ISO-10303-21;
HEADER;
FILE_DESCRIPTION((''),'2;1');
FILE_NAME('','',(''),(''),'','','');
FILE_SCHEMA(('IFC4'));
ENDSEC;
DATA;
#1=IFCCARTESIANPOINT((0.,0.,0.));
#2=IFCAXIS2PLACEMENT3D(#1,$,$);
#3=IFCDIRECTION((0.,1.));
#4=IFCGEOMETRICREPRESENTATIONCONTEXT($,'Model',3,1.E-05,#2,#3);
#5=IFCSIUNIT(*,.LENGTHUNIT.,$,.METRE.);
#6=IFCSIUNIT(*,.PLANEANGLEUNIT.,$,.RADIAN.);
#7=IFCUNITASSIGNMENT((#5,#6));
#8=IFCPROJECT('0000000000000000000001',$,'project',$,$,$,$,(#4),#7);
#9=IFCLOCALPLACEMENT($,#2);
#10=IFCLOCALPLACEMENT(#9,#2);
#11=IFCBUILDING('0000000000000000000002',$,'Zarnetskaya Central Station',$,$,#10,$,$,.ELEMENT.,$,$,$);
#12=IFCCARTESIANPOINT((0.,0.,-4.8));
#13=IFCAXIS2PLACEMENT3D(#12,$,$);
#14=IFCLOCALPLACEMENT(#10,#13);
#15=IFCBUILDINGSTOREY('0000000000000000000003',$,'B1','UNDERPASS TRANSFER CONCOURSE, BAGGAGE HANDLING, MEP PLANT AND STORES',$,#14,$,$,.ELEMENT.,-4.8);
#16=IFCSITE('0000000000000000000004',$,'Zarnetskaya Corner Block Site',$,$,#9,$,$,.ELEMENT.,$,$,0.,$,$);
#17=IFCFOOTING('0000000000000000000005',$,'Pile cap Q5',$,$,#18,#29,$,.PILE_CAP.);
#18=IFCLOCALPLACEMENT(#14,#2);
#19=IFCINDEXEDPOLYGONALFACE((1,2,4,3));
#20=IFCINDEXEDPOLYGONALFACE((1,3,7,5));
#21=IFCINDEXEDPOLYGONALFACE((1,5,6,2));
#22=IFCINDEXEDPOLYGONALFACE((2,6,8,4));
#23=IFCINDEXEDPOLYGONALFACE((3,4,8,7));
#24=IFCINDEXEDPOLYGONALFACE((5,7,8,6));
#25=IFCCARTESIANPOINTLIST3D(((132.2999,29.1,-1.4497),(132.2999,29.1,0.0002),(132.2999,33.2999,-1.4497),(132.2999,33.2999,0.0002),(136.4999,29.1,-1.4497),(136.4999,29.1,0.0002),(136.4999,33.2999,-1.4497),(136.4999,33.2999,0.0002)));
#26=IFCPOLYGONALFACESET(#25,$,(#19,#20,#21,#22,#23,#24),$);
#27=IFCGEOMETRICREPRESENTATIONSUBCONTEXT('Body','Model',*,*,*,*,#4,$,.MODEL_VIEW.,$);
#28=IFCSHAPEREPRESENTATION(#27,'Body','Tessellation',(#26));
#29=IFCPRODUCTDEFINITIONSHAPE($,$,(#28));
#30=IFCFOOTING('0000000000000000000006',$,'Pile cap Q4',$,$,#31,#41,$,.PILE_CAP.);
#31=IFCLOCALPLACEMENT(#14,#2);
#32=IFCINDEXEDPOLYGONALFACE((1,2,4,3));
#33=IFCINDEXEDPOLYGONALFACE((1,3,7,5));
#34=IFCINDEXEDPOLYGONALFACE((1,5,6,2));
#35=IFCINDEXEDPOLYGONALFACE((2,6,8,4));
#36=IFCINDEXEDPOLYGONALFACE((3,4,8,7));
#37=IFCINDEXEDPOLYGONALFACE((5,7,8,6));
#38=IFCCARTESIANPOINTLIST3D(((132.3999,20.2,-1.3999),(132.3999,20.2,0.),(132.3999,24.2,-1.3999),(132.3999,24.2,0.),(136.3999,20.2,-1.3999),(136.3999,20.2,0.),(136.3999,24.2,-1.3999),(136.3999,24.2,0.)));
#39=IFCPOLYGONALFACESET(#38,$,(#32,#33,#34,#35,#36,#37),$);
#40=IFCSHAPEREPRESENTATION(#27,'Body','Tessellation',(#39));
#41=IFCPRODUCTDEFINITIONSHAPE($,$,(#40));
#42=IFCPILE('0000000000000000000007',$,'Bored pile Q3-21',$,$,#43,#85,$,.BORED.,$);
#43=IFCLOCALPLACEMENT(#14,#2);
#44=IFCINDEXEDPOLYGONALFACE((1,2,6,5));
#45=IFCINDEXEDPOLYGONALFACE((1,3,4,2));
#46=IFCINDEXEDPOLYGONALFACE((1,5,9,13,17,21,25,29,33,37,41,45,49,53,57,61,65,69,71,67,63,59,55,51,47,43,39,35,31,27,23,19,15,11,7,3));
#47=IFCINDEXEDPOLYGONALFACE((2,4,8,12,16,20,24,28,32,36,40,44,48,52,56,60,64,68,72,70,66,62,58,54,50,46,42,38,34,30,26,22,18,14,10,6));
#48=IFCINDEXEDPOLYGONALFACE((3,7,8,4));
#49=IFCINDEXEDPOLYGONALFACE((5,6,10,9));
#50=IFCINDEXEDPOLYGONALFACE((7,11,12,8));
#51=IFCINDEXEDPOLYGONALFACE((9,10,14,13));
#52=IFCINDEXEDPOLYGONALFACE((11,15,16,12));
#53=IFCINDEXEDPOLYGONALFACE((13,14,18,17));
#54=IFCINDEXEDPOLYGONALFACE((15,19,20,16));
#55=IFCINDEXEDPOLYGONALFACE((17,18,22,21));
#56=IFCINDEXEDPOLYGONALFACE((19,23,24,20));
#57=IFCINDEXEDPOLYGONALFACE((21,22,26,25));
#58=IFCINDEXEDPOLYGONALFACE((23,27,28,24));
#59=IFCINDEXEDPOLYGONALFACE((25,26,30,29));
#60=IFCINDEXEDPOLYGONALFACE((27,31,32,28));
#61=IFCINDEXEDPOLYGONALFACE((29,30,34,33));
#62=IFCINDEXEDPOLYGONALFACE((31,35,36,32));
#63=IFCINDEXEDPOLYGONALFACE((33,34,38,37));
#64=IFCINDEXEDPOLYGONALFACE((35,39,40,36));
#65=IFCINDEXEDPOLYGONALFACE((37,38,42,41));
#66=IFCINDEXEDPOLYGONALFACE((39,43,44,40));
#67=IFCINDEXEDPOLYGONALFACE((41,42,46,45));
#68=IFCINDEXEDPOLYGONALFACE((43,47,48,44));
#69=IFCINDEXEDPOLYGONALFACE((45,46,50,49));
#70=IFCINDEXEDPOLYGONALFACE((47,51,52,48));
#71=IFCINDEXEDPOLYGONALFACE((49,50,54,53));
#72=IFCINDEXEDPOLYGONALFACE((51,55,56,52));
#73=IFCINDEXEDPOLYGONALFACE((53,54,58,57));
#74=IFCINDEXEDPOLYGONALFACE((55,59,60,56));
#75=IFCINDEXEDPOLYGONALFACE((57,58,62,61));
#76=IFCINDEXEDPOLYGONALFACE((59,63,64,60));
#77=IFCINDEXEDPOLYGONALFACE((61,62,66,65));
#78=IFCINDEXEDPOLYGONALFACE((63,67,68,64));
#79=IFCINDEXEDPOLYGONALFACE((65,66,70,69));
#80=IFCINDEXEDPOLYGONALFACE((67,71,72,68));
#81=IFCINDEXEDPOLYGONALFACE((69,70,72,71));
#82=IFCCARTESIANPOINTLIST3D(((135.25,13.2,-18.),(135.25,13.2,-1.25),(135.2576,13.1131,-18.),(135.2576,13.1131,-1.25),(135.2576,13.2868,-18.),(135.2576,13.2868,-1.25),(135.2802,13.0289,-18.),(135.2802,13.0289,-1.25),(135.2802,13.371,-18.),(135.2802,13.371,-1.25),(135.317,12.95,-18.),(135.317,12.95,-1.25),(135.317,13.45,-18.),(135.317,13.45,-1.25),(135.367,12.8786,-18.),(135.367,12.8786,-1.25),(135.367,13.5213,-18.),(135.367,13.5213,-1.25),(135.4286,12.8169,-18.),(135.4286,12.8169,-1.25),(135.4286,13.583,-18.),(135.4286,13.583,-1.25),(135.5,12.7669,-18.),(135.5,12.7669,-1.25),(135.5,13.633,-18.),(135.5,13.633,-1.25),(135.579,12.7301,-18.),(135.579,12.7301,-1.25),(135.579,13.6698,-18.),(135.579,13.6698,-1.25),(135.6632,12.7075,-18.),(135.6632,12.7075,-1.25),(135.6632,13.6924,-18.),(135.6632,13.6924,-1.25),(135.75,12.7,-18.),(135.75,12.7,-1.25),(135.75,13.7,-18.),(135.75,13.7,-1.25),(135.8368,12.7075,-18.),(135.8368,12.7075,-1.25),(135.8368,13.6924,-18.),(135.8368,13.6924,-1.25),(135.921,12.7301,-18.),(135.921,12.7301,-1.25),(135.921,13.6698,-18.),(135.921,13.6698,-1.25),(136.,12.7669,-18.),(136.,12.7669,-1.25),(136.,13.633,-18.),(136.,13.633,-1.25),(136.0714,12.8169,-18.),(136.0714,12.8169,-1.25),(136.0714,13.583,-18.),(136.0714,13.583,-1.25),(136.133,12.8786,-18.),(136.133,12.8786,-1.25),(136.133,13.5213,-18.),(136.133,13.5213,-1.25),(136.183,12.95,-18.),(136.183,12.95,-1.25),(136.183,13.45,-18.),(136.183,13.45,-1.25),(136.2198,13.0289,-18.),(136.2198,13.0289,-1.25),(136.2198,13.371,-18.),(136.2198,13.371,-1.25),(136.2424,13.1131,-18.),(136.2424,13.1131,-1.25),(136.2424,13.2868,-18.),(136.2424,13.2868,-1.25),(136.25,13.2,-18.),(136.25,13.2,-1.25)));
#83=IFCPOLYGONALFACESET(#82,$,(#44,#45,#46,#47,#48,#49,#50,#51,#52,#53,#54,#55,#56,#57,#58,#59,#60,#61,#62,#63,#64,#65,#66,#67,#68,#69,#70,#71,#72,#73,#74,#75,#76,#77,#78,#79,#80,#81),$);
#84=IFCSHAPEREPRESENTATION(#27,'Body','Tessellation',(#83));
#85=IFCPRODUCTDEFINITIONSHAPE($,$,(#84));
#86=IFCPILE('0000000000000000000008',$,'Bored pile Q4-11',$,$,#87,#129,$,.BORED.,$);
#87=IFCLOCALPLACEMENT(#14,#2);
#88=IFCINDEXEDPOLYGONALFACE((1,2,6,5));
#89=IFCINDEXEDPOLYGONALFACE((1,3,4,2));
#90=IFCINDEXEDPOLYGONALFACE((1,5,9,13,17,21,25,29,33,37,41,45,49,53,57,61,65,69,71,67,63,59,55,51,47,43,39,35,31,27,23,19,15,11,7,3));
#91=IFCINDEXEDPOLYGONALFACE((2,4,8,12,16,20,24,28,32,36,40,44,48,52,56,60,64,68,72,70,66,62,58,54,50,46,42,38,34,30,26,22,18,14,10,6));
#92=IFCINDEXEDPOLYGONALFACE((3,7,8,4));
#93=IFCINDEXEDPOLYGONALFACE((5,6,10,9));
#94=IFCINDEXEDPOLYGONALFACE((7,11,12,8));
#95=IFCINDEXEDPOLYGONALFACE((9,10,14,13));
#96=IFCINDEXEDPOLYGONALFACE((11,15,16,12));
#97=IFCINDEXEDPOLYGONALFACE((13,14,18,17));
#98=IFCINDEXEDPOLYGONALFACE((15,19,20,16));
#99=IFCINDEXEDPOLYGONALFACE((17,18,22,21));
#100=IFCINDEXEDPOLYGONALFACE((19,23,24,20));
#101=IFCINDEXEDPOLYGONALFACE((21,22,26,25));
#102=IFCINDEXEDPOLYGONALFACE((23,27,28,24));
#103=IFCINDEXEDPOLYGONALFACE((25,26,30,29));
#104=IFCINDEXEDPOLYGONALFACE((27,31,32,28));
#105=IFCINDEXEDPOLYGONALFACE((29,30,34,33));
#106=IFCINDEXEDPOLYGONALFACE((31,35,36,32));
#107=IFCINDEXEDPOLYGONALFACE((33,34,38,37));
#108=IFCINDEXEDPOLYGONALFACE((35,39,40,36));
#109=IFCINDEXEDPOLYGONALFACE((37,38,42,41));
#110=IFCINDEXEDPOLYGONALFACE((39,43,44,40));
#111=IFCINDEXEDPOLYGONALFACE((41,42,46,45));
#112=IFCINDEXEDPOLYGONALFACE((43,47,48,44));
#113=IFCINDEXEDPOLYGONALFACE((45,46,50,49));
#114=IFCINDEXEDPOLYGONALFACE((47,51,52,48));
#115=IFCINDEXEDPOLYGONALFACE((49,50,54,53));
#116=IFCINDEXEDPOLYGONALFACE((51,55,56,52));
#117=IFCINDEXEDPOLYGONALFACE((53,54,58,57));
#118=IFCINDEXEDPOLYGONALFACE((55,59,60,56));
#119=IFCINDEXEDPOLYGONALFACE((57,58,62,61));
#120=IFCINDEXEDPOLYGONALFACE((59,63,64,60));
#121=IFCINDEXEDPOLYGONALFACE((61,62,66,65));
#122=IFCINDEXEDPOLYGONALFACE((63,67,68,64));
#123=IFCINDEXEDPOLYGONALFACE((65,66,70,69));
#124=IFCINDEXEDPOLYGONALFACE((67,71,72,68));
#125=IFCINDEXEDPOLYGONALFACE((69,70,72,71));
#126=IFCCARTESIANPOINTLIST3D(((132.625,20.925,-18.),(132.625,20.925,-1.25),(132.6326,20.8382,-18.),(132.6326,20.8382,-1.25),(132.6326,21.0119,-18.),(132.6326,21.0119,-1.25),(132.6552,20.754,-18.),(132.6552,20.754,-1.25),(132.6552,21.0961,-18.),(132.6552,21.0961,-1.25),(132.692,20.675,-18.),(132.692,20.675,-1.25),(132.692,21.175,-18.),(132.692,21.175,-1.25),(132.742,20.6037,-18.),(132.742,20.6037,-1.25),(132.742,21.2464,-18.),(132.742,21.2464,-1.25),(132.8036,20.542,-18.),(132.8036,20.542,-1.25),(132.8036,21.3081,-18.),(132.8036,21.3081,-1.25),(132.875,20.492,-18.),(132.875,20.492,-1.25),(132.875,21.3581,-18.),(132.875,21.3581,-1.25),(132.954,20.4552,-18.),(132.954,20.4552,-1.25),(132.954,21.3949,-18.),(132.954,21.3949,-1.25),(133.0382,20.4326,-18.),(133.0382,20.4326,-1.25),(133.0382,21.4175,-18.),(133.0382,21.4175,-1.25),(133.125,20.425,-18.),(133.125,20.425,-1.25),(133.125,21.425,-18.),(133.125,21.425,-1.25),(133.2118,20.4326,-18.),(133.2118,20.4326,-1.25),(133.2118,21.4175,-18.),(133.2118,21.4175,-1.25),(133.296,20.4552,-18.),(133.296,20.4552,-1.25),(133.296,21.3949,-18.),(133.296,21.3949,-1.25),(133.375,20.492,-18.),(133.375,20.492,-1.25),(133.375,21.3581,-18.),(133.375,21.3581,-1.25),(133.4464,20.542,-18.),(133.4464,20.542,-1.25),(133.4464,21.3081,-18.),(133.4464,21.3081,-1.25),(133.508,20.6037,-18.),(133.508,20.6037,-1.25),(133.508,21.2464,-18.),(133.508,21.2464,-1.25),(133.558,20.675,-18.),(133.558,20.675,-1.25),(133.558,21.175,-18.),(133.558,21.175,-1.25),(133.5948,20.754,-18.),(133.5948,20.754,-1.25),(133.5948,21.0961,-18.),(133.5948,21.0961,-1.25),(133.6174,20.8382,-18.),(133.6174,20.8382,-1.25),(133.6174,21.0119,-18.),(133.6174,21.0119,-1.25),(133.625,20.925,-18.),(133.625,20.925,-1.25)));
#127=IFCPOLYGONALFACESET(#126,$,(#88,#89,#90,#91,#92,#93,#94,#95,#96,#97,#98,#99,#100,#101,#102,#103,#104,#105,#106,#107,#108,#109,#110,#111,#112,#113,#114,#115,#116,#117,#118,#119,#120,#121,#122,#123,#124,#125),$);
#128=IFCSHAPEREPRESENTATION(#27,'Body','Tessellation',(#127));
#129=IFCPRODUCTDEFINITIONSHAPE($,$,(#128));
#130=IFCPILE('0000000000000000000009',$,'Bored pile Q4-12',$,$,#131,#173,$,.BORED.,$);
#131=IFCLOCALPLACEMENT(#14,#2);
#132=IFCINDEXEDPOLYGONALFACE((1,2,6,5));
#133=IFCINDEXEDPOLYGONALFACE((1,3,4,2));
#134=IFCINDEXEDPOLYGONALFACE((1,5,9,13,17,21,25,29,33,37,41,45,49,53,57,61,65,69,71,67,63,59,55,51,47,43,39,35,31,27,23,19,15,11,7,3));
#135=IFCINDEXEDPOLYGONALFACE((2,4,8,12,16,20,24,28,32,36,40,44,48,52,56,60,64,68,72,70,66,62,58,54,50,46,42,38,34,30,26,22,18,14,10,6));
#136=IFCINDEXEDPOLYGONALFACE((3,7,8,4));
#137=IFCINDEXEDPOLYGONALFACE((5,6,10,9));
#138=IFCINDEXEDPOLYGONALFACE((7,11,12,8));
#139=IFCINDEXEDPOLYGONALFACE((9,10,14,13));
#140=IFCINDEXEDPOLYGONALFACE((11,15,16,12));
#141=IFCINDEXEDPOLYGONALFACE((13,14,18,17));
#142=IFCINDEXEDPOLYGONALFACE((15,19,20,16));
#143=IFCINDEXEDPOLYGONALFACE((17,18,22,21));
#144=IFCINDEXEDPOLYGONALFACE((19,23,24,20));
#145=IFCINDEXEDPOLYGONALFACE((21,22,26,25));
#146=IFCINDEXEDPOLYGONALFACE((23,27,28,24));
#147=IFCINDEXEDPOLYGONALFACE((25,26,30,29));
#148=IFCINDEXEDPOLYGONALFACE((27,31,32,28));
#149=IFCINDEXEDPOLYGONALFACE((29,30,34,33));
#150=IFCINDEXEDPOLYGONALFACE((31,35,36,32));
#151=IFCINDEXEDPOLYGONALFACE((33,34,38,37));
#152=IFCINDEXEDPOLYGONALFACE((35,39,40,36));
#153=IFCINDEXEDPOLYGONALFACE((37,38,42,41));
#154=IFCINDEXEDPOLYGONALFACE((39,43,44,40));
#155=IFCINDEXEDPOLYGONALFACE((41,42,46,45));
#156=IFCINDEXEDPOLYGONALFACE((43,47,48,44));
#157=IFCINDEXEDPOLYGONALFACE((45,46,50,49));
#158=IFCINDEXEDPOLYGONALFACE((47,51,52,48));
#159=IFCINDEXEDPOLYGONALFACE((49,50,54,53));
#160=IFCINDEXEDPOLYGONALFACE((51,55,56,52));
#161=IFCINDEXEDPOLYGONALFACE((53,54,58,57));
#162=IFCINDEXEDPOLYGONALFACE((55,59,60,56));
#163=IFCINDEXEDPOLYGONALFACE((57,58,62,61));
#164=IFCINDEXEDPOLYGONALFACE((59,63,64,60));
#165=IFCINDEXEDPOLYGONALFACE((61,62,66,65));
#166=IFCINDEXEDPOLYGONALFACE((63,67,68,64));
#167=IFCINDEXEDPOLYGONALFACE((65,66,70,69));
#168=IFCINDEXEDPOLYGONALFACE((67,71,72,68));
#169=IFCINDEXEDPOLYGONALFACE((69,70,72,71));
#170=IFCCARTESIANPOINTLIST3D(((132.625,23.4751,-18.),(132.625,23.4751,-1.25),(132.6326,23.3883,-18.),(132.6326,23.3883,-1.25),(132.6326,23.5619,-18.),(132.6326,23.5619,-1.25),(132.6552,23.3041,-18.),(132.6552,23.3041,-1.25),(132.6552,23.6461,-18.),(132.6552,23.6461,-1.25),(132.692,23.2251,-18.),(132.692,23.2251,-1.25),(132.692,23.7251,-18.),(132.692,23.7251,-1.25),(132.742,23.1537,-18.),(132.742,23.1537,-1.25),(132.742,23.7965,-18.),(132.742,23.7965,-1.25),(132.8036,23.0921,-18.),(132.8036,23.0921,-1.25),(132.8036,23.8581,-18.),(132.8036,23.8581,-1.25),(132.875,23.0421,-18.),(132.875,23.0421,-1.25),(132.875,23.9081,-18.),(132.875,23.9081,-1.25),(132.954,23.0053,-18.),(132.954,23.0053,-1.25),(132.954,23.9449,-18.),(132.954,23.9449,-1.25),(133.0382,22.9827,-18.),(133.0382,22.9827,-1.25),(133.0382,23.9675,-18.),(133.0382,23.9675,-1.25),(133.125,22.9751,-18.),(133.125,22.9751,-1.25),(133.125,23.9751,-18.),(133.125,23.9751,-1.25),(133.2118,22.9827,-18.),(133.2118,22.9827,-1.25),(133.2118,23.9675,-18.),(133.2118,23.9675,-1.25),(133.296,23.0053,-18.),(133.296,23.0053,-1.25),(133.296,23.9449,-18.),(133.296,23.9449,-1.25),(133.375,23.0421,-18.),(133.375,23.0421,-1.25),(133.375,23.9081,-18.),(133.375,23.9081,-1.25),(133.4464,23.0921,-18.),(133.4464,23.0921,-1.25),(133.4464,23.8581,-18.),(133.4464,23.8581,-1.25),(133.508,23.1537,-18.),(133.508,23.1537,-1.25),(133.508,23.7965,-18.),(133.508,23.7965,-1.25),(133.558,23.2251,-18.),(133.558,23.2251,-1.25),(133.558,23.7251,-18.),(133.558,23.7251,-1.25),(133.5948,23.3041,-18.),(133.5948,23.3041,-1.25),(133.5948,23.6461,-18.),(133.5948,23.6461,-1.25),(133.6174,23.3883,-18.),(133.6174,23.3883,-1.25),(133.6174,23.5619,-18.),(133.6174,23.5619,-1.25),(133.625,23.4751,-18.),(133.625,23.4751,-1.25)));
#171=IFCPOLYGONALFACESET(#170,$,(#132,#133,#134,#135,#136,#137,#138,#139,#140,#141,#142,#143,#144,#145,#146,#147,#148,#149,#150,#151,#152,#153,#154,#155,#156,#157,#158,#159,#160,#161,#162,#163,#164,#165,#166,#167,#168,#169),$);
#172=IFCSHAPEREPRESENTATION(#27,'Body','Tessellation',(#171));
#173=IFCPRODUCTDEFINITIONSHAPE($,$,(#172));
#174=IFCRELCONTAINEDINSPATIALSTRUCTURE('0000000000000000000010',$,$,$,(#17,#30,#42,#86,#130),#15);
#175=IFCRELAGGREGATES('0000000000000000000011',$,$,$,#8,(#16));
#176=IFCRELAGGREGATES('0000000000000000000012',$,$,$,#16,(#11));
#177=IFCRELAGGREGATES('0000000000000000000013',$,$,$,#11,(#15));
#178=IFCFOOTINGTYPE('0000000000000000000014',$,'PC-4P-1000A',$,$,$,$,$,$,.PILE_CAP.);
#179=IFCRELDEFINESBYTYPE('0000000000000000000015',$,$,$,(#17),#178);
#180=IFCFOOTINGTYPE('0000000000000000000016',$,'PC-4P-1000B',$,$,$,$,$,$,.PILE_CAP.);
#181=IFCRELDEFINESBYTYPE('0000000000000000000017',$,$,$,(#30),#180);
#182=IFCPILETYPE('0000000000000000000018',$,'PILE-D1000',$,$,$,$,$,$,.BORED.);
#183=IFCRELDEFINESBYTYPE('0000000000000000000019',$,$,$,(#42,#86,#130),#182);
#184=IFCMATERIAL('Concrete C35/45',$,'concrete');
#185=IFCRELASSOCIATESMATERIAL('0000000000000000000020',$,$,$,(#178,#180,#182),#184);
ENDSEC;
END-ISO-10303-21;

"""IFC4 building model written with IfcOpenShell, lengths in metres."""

from ifc_helpers import new_model, si_unit, direction, frame, origin, origin_2d, place, context, subcontext, project, spatial, rectangle, circle, extrude, material, material_profile, profile_set, type_object, element, save


model = new_model("IFC4")

# Units and contexts
model_context = context("Model", 3, precision=1e-05, world=origin(), true_north=direction((0.0, 1.0)))
body_context = subcontext(model_context, "Body", "Model", "MODEL_VIEW")
ifc_project = project(units=[si_unit("LENGTHUNIT", "METRE"), si_unit("PLANEANGLEUNIT", "RADIAN")], contexts=[model_context])

# Site, building, storey
site_placement = place(None, origin())
site = spatial("IfcSite", under=ifc_project, at=site_placement, Name="Zarnetskaya Corner Block Site", CompositionType="ELEMENT", RefElevation=0.0)
building_placement = place(site_placement, origin())
building = spatial("IfcBuilding", under=site, at=building_placement, Name="Zarnetskaya Central Station", CompositionType="ELEMENT")
storey_placement = place(building_placement, frame((0.0, 0.0, -4.8)))
storey = spatial("IfcBuildingStorey", under=building, at=storey_placement, Name="B1", Description="UNDERPASS TRANSFER CONCOURSE, BAGGAGE HANDLING, MEP PLANT AND STORES", CompositionType="ELEMENT", Elevation=-4.8)

# Footings
ifc_material_1 = material(Name="Concrete C35/45", Category="concrete")
footing_type_1 = type_object("IfcFootingType", Name="PC-4P-1000A", PredefinedType="PILE_CAP", material=ifc_material_1)
footing_1_placement = place(storey_placement, frame((134.3999, 31.2, -1.4497), z_axis=(0.0, 0.0, 1.0), x_axis=(1.0, 0.0, 0.0)))
element("IfcFooting", 1, at=footing_1_placement, inside=storey, type_object=footing_type_1, Name="Pile cap Q5", PredefinedType="PILE_CAP", context=body_context, shape_type="SweptSolid", body=[
    extrude(rectangle(XDim=4.2, YDim=4.2, at=origin_2d()), origin(), (0.0, 0.0, 1.0), 1.45),
])
footing_type_2 = type_object("IfcFootingType", Name="PC-4P-1000B", PredefinedType="PILE_CAP", material=ifc_material_1)
footing_2_placement = place(storey_placement, frame((134.3999, 22.2, -1.3999), z_axis=(0.0, 0.0, 1.0), x_axis=(1.0, 0.0, 0.0)))
element("IfcFooting", 2, at=footing_2_placement, inside=storey, type_object=footing_type_2, Name="Pile cap Q4", PredefinedType="PILE_CAP", context=body_context, shape_type="SweptSolid", body=[
    extrude(rectangle(XDim=4.0, YDim=4.0, at=origin_2d()), origin(), (0.0, 0.0, 1.0), 1.3999),
])

# Piles
ifc_material_profile_1 = material_profile(ifc_material_1, circle(Radius=0.5, at=origin_2d()), Name="BORED PILE D1000")
ifc_profile_set_1 = profile_set([ifc_material_profile_1], Name="Concrete C35/45")
pile_type = type_object("IfcPileType", Name="PILE-D1000", PredefinedType="BORED", material=ifc_profile_set_1)
for number, where, z_axis, x_axis, name in (
    (3, (135.75, 13.2, -1.25), (0.0, 0.0, -1.0), (1.0, 0.0, 0.0), "Bored pile Q3-21"),
    (4, (133.125, 20.925, -1.25), (0.0, 0.0, -1.0), (1.0, 0.0, 0.0), "Bored pile Q4-11"),
    (5, (133.125, 23.4751, -1.25), (0.0, 0.0, -1.0), (1.0, 0.0, 0.0), "Bored pile Q4-12"),
):
    element("IfcPile", number, at=place(storey_placement, frame(where, z_axis=z_axis, x_axis=x_axis)), inside=storey, type_object=pile_type, Name=name, PredefinedType="BORED", context=body_context, shape_type="SweptSolid", body=[
        extrude(circle(Radius=0.5, at=origin_2d()), origin(), (0.0, 0.0, 1.0), 16.75),
    ])

save(model, "model.ifc")
